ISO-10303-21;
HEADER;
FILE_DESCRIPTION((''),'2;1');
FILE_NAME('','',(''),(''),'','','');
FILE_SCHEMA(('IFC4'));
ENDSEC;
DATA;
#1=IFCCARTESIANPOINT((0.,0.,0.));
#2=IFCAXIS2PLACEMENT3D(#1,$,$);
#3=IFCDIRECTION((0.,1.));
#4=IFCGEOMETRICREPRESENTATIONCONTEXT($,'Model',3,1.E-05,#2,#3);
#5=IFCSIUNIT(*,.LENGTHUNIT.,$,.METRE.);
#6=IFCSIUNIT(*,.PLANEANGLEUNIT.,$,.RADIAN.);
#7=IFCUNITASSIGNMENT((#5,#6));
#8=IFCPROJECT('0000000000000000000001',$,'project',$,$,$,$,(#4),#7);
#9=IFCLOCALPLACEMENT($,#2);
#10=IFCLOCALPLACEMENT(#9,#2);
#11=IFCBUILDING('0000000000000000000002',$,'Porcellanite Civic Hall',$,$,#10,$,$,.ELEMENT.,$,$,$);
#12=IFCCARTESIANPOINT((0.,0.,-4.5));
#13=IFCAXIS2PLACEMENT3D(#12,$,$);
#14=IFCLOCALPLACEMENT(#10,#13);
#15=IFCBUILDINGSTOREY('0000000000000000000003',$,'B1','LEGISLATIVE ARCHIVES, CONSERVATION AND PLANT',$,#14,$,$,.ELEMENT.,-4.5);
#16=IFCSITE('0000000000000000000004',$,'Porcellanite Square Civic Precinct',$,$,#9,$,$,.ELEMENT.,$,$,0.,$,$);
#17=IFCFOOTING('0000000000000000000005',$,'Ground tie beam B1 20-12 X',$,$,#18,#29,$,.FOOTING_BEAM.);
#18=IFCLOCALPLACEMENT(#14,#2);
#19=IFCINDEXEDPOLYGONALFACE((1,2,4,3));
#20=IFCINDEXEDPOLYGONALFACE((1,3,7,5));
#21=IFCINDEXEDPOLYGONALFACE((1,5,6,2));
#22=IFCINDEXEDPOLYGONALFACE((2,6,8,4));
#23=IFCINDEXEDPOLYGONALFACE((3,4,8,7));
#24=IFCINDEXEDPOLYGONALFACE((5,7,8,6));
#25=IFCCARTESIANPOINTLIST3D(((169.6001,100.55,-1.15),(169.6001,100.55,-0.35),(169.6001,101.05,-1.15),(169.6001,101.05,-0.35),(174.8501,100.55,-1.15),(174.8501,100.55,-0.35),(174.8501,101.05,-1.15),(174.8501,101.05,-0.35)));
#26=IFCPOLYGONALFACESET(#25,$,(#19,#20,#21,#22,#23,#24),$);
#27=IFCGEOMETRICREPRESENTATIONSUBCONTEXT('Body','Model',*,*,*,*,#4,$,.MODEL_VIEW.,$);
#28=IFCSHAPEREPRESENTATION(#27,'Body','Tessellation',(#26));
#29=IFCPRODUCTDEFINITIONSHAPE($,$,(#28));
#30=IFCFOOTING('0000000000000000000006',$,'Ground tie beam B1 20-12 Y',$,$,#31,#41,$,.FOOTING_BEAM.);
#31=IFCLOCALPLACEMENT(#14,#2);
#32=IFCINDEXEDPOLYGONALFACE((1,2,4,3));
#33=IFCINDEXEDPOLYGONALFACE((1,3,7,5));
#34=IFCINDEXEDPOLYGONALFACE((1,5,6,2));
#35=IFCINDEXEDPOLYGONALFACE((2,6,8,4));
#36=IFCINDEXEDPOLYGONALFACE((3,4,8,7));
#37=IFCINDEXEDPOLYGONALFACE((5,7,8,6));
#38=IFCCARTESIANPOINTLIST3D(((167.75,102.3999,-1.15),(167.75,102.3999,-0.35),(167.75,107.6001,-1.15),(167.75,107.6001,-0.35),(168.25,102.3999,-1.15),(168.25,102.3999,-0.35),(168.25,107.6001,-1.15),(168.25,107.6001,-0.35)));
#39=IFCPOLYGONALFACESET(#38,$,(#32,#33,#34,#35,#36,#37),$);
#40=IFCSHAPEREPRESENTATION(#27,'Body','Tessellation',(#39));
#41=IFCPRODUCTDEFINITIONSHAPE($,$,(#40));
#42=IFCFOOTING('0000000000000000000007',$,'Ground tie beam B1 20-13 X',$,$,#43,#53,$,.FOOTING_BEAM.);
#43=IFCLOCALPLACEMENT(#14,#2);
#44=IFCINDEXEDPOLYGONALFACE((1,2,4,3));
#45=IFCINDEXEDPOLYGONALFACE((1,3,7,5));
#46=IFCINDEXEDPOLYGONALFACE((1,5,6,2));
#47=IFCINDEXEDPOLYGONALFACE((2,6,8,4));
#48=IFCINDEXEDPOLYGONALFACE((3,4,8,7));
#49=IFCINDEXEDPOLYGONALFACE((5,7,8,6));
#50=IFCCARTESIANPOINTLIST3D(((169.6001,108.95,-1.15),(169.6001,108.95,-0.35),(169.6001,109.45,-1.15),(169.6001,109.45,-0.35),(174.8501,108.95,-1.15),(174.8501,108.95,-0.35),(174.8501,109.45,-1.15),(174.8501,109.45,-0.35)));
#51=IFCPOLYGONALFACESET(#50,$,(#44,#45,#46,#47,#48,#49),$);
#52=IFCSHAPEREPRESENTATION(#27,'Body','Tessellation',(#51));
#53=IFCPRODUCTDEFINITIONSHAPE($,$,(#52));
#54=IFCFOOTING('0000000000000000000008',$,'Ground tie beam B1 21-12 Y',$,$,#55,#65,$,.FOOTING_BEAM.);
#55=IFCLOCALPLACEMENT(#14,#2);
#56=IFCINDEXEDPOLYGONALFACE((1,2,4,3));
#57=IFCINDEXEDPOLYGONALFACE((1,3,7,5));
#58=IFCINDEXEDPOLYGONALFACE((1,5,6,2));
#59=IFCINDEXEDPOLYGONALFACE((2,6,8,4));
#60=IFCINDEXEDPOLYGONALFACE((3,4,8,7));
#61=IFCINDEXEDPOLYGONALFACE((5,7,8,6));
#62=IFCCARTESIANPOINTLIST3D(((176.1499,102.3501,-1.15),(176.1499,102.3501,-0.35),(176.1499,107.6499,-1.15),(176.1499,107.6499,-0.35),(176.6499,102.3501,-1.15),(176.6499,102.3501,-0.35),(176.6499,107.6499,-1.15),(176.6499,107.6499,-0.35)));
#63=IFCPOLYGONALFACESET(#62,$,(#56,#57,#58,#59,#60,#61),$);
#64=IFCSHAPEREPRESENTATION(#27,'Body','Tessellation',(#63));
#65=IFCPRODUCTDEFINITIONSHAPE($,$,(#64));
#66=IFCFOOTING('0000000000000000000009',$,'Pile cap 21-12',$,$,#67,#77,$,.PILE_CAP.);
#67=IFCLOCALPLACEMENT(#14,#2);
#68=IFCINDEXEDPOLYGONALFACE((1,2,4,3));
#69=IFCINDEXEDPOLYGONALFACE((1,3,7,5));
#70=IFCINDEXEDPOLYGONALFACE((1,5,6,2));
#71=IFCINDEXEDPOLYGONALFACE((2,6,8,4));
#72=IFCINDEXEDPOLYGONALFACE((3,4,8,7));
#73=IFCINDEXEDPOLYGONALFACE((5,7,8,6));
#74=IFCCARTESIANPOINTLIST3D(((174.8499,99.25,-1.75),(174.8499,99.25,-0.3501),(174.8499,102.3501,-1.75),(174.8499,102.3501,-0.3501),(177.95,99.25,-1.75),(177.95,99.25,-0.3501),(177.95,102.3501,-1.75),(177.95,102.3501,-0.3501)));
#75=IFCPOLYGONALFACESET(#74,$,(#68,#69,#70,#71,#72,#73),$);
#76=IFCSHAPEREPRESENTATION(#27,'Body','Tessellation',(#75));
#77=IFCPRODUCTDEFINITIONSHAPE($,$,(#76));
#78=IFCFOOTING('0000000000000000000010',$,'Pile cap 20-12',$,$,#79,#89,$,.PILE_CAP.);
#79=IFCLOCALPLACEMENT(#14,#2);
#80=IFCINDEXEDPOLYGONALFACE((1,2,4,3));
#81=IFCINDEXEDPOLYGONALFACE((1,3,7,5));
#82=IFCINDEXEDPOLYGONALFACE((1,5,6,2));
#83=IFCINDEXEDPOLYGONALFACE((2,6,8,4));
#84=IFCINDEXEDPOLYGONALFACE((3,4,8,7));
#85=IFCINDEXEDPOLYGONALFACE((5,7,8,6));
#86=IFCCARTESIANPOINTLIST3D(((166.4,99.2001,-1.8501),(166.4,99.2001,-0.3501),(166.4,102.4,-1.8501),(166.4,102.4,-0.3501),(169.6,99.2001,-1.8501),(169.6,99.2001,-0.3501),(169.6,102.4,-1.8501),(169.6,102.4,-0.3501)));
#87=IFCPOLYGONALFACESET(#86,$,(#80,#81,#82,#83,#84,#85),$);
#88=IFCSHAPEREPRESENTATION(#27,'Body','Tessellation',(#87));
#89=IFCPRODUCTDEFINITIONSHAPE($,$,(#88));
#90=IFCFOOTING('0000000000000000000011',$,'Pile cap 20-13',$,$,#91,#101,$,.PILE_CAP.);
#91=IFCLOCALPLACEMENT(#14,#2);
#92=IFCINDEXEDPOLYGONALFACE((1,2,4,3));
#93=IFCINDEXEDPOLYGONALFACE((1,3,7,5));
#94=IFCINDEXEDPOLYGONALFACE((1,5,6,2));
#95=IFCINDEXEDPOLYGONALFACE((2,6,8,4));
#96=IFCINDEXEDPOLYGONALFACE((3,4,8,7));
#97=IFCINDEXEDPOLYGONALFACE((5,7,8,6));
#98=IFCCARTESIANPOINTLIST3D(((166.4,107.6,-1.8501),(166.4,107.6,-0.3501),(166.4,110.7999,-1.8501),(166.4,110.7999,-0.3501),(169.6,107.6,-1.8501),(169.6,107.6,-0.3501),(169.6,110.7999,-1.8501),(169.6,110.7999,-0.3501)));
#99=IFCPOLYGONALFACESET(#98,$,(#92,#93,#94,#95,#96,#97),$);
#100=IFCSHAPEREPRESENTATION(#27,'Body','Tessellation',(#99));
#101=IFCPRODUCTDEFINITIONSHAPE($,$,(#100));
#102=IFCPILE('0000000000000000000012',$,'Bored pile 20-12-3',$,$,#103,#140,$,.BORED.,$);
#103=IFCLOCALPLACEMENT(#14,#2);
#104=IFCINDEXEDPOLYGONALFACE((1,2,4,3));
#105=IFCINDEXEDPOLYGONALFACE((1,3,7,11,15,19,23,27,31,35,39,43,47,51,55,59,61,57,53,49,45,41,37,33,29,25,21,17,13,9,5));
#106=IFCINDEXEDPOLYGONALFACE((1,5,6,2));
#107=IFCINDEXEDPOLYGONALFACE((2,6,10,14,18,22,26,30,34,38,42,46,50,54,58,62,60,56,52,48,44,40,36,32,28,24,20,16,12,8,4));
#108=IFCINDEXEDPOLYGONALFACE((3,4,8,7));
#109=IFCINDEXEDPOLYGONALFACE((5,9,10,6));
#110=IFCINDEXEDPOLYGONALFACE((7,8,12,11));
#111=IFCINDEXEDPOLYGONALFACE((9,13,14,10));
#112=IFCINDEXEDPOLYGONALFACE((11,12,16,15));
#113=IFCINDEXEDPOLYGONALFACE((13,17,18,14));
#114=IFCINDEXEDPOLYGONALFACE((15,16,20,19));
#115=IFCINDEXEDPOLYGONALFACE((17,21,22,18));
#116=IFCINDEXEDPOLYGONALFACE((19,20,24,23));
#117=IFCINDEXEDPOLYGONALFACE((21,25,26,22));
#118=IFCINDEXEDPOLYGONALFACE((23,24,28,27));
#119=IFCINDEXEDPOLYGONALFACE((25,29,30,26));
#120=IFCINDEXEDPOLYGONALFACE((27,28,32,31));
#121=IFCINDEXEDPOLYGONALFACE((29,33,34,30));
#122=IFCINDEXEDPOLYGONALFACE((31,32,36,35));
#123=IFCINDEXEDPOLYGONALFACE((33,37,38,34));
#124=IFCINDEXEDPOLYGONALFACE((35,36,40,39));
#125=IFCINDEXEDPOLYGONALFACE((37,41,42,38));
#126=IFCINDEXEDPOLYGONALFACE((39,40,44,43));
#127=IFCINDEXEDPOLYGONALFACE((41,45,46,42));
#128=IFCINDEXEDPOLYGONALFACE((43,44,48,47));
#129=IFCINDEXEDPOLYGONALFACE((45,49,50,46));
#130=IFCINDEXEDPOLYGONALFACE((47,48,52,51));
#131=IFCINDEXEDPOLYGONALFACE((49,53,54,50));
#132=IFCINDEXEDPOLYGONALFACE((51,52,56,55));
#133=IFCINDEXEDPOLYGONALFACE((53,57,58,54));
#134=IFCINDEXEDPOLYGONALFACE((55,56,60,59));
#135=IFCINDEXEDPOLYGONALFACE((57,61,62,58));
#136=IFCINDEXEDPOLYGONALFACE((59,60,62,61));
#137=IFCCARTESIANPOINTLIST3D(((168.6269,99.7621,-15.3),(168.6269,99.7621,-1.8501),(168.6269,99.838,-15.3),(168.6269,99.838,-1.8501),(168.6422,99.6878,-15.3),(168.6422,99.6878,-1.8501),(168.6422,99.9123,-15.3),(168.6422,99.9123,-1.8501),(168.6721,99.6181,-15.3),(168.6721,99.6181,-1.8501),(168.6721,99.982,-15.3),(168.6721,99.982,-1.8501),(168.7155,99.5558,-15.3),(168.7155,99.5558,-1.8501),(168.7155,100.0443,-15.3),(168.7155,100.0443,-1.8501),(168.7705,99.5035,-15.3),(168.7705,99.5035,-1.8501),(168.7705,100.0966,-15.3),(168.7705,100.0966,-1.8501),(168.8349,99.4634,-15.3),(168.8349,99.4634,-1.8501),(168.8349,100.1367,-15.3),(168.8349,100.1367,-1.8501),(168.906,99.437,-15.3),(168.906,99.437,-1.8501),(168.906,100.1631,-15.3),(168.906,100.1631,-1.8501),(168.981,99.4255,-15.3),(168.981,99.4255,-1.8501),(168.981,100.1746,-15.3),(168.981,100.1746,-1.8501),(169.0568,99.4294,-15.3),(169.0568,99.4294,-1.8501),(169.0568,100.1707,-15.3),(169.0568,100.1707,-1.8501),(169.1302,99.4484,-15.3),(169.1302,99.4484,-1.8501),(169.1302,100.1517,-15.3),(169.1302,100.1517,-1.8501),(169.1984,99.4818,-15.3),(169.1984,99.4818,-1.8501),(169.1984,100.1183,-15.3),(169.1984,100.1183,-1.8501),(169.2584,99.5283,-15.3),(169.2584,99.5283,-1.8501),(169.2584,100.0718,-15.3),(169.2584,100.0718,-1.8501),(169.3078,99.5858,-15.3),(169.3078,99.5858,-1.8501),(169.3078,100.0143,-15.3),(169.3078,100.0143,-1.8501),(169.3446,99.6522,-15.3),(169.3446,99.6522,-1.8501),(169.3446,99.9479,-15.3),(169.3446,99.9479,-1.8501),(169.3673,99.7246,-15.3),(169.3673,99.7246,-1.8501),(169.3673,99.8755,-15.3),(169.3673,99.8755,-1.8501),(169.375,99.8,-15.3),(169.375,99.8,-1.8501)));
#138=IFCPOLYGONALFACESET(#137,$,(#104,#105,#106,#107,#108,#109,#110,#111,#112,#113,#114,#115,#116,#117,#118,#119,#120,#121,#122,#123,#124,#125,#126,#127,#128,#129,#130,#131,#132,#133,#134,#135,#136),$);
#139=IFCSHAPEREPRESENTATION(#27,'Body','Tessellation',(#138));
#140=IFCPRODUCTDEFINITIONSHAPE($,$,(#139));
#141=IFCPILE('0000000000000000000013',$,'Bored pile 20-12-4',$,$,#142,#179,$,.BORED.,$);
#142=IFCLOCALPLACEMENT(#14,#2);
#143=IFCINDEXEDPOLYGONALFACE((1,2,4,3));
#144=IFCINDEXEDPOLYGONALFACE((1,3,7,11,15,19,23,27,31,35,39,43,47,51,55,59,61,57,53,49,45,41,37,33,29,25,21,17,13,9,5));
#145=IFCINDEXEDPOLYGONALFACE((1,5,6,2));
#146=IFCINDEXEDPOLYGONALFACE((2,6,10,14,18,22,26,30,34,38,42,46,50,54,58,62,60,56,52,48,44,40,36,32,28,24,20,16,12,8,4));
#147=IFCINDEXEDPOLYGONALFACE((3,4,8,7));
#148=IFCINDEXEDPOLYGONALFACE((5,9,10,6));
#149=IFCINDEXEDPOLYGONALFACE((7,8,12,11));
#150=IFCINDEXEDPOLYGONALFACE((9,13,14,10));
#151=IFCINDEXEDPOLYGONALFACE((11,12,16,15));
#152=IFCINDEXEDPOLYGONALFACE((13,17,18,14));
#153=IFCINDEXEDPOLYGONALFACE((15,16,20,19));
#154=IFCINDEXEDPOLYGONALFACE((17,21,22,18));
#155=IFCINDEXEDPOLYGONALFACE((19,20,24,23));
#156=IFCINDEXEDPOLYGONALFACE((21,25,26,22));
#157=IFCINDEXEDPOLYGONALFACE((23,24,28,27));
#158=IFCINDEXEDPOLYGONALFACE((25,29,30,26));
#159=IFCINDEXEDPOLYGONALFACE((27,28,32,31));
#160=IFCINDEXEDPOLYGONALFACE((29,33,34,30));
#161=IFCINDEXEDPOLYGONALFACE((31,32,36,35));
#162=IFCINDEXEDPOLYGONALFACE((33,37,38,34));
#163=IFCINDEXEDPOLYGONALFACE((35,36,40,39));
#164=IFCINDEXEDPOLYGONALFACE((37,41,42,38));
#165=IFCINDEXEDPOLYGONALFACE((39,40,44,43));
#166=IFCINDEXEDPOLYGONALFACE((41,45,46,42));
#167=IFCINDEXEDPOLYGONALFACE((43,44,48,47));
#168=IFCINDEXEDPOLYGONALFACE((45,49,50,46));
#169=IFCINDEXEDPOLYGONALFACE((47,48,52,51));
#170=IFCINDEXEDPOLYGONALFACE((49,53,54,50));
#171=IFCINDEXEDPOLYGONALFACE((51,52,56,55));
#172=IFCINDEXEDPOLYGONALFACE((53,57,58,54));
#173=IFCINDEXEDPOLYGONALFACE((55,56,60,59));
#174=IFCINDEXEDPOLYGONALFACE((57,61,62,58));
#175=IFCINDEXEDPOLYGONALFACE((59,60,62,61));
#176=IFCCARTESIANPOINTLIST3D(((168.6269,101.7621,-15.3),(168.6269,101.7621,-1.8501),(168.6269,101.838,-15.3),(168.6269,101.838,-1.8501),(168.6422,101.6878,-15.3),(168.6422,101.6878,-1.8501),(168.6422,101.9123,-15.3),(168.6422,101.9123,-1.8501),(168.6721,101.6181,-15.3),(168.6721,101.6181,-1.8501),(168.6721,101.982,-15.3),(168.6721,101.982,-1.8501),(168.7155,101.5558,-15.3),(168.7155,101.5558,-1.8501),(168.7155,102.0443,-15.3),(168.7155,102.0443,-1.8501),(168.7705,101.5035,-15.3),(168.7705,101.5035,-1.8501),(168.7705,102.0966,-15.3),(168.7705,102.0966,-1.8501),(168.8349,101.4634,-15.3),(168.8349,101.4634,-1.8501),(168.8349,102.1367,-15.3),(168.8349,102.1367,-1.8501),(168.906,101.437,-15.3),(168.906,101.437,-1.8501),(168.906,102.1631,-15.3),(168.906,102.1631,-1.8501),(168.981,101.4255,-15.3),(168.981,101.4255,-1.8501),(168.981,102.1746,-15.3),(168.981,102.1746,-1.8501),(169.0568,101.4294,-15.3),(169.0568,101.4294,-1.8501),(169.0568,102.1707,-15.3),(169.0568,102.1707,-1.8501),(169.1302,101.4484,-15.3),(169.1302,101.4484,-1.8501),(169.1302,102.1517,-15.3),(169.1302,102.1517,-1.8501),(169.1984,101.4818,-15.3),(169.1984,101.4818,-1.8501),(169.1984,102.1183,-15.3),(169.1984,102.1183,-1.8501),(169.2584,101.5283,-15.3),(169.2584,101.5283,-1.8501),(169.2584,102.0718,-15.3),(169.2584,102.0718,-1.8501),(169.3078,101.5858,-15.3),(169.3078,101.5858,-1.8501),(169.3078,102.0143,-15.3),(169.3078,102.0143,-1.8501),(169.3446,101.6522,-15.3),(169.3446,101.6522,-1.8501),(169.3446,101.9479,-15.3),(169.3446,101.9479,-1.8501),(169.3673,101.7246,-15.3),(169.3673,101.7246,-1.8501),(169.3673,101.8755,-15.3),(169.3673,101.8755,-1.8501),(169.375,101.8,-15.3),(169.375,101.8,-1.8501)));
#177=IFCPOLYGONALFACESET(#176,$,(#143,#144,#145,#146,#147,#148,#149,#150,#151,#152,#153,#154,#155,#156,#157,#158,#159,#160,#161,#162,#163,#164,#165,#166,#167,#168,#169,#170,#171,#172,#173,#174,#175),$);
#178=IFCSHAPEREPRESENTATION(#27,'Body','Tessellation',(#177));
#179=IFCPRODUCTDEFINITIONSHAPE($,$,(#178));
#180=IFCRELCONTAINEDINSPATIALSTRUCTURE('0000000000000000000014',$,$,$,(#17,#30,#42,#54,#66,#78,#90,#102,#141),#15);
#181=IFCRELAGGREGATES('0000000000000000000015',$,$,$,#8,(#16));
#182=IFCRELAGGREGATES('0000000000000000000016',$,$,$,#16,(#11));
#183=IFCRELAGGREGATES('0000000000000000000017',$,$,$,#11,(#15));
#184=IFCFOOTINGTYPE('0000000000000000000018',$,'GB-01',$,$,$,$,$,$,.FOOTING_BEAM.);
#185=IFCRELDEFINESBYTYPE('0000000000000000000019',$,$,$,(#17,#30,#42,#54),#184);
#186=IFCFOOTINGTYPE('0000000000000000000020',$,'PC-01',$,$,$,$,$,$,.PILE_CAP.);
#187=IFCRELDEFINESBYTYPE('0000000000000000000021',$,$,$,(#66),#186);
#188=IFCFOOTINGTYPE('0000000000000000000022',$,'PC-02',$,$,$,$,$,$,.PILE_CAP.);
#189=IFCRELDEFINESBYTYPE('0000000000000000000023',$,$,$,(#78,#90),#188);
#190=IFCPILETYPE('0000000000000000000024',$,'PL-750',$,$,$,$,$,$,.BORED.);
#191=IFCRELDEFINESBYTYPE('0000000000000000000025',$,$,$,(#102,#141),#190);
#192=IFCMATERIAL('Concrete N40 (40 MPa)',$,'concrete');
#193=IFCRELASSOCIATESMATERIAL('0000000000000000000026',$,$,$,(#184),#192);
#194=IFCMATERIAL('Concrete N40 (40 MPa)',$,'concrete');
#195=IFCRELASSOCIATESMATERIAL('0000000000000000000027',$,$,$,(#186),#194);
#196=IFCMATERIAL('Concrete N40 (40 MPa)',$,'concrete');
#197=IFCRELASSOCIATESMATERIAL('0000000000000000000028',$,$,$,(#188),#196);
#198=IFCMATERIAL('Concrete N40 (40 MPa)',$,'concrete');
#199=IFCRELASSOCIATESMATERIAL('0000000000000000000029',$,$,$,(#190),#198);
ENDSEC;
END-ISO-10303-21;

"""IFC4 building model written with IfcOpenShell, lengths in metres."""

from ifc_helpers import new_model, si_unit, direction, frame, origin, origin_2d, place, context, subcontext, project, spatial, rectangle, circle, extrude, material, material_profile, profile_set, type_object, element, save


model = new_model("IFC4")

# Units and contexts
model_context = context("Model", 3, precision=1e-05, world=origin(), true_north=direction((0.0, 1.0)))
body_context = subcontext(model_context, "Body", "Model", "MODEL_VIEW")
ifc_project = project(units=[si_unit("LENGTHUNIT", "METRE"), si_unit("PLANEANGLEUNIT", "RADIAN")], contexts=[model_context])

# Site, building, storey
site_placement = place(None, origin())
site = spatial("IfcSite", under=ifc_project, at=site_placement, Name="Porcellanite Square Civic Precinct", CompositionType="ELEMENT", RefElevation=0.0)
building_placement = place(site_placement, origin())
building = spatial("IfcBuilding", under=site, at=building_placement, Name="Porcellanite Civic Hall", CompositionType="ELEMENT")
storey_placement = place(building_placement, frame((0.0, 0.0, -4.5)))
storey = spatial("IfcBuildingStorey", under=building, at=storey_placement, Name="B1", Description="LEGISLATIVE ARCHIVES, CONSERVATION AND PLANT", CompositionType="ELEMENT", Elevation=-4.5)

# Footings
ifc_material_1 = material(Name="Concrete N40 (40 MPa)", Category="concrete")
ifc_material_profile_1 = material_profile(ifc_material_1, rectangle(XDim=0.5, YDim=0.8, at=origin_2d()), Name="RC-500x800")
ifc_profile_set_1 = profile_set([ifc_material_profile_1], Name="Concrete N40 (40 MPa)")
footing_type_1 = type_object("IfcFootingType", Name="GB-01", PredefinedType="FOOTING_BEAM", material=ifc_profile_set_1)
footing_1_placement = place(storey_placement, frame((169.6001, 100.8, -0.75), z_axis=(1.0, 0.0, 0.0), x_axis=(0.0, 1.0, 0.0)))
element("IfcFooting", 1, at=footing_1_placement, inside=storey, type_object=footing_type_1, Name="Ground tie beam B1 20-12 X", PredefinedType="FOOTING_BEAM", context=body_context, shape_type="SweptSolid", body=[
    extrude(rectangle(XDim=0.5, YDim=0.8, at=origin_2d()), origin(), (0.0, 0.0, 1.0), 5.25),
])
footing_2_placement = place(storey_placement, frame((168.0, 102.3999, -0.75), z_axis=(0.0, 1.0, 0.0), x_axis=(-1.0, 0.0, 0.0)))
element("IfcFooting", 2, at=footing_2_placement, inside=storey, type_object=footing_type_1, Name="Ground tie beam B1 20-12 Y", PredefinedType="FOOTING_BEAM", context=body_context, shape_type="SweptSolid", body=[
    extrude(rectangle(XDim=0.5, YDim=0.8, at=origin_2d()), origin(), (0.0, 0.0, 1.0), 5.2002),
])
footing_3_placement = place(storey_placement, frame((169.6001, 109.2, -0.75), z_axis=(1.0, 0.0, 0.0), x_axis=(0.0, 1.0, 0.0)))
element("IfcFooting", 3, at=footing_3_placement, inside=storey, type_object=footing_type_1, Name="Ground tie beam B1 20-13 X", PredefinedType="FOOTING_BEAM", context=body_context, shape_type="SweptSolid", body=[
    extrude(rectangle(XDim=0.5, YDim=0.8, at=origin_2d()), origin(), (0.0, 0.0, 1.0), 5.25),
])
footing_4_placement = place(storey_placement, frame((176.3999, 102.3501, -0.75), z_axis=(0.0, 1.0, 0.0), x_axis=(-1.0, 0.0, 0.0)))
element("IfcFooting", 4, at=footing_4_placement, inside=storey, type_object=footing_type_1, Name="Ground tie beam B1 21-12 Y", PredefinedType="FOOTING_BEAM", context=body_context, shape_type="SweptSolid", body=[
    extrude(rectangle(XDim=0.5, YDim=0.8, at=origin_2d()), origin(), (0.0, 0.0, 1.0), 5.2998),
])
ifc_material_2 = material(Name="Concrete N40 (40 MPa)", Category="concrete")
footing_type_2 = type_object("IfcFootingType", Name="PC-01", PredefinedType="PILE_CAP", material=ifc_material_2)
footing_5_placement = place(storey_placement, frame((176.3999, 100.8, -1.75), z_axis=(0.0, 0.0, 1.0), x_axis=(1.0, 0.0, 0.0)))
element("IfcFooting", 5, at=footing_5_placement, inside=storey, type_object=footing_type_2, Name="Pile cap 21-12", PredefinedType="PILE_CAP", context=body_context, shape_type="SweptSolid", body=[
    extrude(rectangle(XDim=3.1001, YDim=3.1001, at=origin_2d()), origin(), (0.0, 0.0, 1.0), 1.3999),
])
ifc_material_3 = material(Name="Concrete N40 (40 MPa)", Category="concrete")
footing_type_3 = type_object("IfcFootingType", Name="PC-02", PredefinedType="PILE_CAP", material=ifc_material_3)
for number, where, z_axis, x_axis, name in (
    (6, (168.0, 100.8, -1.8501), (0.0, 0.0, 1.0), (1.0, 0.0, 0.0), "Pile cap 20-12"),
    (7, (168.0, 109.2, -1.8501), (0.0, 0.0, 1.0), (1.0, 0.0, 0.0), "Pile cap 20-13"),
):
    element("IfcFooting", number, at=place(storey_placement, frame(where, z_axis=z_axis, x_axis=x_axis)), inside=storey, type_object=footing_type_3, Name=name, PredefinedType="PILE_CAP", context=body_context, shape_type="SweptSolid", body=[
        extrude(rectangle(XDim=3.2, YDim=3.2, at=origin_2d()), origin(), (0.0, 0.0, 1.0), 1.5),
    ])

# Piles
ifc_material_4 = material(Name="Concrete N40 (40 MPa)", Category="concrete")
ifc_material_profile_2 = material_profile(ifc_material_4, circle(Radius=0.375, at=origin_2d()), Name="PILE-D750")
ifc_profile_set_2 = profile_set([ifc_material_profile_2], Name="Concrete N40 (40 MPa)")
pile_type = type_object("IfcPileType", Name="PL-750", PredefinedType="BORED", material=ifc_profile_set_2)
for number, where, z_axis, x_axis, name in (
    (8, (169.0, 99.8, -1.8501), (0.0, 0.0, -1.0), (1.0, 0.0, 0.0), "Bored pile 20-12-3"),
    (9, (169.0, 101.8, -1.8501), (0.0, 0.0, -1.0), (1.0, 0.0, 0.0), "Bored pile 20-12-4"),
):
    element("IfcPile", number, at=place(storey_placement, frame(where, z_axis=z_axis, x_axis=x_axis)), inside=storey, type_object=pile_type, Name=name, PredefinedType="BORED", context=body_context, shape_type="SweptSolid", body=[
        extrude(circle(Radius=0.375, at=origin_2d()), origin(), (0.0, 0.0, 1.0), 13.45),
    ])

save(model, "model.ifc")
